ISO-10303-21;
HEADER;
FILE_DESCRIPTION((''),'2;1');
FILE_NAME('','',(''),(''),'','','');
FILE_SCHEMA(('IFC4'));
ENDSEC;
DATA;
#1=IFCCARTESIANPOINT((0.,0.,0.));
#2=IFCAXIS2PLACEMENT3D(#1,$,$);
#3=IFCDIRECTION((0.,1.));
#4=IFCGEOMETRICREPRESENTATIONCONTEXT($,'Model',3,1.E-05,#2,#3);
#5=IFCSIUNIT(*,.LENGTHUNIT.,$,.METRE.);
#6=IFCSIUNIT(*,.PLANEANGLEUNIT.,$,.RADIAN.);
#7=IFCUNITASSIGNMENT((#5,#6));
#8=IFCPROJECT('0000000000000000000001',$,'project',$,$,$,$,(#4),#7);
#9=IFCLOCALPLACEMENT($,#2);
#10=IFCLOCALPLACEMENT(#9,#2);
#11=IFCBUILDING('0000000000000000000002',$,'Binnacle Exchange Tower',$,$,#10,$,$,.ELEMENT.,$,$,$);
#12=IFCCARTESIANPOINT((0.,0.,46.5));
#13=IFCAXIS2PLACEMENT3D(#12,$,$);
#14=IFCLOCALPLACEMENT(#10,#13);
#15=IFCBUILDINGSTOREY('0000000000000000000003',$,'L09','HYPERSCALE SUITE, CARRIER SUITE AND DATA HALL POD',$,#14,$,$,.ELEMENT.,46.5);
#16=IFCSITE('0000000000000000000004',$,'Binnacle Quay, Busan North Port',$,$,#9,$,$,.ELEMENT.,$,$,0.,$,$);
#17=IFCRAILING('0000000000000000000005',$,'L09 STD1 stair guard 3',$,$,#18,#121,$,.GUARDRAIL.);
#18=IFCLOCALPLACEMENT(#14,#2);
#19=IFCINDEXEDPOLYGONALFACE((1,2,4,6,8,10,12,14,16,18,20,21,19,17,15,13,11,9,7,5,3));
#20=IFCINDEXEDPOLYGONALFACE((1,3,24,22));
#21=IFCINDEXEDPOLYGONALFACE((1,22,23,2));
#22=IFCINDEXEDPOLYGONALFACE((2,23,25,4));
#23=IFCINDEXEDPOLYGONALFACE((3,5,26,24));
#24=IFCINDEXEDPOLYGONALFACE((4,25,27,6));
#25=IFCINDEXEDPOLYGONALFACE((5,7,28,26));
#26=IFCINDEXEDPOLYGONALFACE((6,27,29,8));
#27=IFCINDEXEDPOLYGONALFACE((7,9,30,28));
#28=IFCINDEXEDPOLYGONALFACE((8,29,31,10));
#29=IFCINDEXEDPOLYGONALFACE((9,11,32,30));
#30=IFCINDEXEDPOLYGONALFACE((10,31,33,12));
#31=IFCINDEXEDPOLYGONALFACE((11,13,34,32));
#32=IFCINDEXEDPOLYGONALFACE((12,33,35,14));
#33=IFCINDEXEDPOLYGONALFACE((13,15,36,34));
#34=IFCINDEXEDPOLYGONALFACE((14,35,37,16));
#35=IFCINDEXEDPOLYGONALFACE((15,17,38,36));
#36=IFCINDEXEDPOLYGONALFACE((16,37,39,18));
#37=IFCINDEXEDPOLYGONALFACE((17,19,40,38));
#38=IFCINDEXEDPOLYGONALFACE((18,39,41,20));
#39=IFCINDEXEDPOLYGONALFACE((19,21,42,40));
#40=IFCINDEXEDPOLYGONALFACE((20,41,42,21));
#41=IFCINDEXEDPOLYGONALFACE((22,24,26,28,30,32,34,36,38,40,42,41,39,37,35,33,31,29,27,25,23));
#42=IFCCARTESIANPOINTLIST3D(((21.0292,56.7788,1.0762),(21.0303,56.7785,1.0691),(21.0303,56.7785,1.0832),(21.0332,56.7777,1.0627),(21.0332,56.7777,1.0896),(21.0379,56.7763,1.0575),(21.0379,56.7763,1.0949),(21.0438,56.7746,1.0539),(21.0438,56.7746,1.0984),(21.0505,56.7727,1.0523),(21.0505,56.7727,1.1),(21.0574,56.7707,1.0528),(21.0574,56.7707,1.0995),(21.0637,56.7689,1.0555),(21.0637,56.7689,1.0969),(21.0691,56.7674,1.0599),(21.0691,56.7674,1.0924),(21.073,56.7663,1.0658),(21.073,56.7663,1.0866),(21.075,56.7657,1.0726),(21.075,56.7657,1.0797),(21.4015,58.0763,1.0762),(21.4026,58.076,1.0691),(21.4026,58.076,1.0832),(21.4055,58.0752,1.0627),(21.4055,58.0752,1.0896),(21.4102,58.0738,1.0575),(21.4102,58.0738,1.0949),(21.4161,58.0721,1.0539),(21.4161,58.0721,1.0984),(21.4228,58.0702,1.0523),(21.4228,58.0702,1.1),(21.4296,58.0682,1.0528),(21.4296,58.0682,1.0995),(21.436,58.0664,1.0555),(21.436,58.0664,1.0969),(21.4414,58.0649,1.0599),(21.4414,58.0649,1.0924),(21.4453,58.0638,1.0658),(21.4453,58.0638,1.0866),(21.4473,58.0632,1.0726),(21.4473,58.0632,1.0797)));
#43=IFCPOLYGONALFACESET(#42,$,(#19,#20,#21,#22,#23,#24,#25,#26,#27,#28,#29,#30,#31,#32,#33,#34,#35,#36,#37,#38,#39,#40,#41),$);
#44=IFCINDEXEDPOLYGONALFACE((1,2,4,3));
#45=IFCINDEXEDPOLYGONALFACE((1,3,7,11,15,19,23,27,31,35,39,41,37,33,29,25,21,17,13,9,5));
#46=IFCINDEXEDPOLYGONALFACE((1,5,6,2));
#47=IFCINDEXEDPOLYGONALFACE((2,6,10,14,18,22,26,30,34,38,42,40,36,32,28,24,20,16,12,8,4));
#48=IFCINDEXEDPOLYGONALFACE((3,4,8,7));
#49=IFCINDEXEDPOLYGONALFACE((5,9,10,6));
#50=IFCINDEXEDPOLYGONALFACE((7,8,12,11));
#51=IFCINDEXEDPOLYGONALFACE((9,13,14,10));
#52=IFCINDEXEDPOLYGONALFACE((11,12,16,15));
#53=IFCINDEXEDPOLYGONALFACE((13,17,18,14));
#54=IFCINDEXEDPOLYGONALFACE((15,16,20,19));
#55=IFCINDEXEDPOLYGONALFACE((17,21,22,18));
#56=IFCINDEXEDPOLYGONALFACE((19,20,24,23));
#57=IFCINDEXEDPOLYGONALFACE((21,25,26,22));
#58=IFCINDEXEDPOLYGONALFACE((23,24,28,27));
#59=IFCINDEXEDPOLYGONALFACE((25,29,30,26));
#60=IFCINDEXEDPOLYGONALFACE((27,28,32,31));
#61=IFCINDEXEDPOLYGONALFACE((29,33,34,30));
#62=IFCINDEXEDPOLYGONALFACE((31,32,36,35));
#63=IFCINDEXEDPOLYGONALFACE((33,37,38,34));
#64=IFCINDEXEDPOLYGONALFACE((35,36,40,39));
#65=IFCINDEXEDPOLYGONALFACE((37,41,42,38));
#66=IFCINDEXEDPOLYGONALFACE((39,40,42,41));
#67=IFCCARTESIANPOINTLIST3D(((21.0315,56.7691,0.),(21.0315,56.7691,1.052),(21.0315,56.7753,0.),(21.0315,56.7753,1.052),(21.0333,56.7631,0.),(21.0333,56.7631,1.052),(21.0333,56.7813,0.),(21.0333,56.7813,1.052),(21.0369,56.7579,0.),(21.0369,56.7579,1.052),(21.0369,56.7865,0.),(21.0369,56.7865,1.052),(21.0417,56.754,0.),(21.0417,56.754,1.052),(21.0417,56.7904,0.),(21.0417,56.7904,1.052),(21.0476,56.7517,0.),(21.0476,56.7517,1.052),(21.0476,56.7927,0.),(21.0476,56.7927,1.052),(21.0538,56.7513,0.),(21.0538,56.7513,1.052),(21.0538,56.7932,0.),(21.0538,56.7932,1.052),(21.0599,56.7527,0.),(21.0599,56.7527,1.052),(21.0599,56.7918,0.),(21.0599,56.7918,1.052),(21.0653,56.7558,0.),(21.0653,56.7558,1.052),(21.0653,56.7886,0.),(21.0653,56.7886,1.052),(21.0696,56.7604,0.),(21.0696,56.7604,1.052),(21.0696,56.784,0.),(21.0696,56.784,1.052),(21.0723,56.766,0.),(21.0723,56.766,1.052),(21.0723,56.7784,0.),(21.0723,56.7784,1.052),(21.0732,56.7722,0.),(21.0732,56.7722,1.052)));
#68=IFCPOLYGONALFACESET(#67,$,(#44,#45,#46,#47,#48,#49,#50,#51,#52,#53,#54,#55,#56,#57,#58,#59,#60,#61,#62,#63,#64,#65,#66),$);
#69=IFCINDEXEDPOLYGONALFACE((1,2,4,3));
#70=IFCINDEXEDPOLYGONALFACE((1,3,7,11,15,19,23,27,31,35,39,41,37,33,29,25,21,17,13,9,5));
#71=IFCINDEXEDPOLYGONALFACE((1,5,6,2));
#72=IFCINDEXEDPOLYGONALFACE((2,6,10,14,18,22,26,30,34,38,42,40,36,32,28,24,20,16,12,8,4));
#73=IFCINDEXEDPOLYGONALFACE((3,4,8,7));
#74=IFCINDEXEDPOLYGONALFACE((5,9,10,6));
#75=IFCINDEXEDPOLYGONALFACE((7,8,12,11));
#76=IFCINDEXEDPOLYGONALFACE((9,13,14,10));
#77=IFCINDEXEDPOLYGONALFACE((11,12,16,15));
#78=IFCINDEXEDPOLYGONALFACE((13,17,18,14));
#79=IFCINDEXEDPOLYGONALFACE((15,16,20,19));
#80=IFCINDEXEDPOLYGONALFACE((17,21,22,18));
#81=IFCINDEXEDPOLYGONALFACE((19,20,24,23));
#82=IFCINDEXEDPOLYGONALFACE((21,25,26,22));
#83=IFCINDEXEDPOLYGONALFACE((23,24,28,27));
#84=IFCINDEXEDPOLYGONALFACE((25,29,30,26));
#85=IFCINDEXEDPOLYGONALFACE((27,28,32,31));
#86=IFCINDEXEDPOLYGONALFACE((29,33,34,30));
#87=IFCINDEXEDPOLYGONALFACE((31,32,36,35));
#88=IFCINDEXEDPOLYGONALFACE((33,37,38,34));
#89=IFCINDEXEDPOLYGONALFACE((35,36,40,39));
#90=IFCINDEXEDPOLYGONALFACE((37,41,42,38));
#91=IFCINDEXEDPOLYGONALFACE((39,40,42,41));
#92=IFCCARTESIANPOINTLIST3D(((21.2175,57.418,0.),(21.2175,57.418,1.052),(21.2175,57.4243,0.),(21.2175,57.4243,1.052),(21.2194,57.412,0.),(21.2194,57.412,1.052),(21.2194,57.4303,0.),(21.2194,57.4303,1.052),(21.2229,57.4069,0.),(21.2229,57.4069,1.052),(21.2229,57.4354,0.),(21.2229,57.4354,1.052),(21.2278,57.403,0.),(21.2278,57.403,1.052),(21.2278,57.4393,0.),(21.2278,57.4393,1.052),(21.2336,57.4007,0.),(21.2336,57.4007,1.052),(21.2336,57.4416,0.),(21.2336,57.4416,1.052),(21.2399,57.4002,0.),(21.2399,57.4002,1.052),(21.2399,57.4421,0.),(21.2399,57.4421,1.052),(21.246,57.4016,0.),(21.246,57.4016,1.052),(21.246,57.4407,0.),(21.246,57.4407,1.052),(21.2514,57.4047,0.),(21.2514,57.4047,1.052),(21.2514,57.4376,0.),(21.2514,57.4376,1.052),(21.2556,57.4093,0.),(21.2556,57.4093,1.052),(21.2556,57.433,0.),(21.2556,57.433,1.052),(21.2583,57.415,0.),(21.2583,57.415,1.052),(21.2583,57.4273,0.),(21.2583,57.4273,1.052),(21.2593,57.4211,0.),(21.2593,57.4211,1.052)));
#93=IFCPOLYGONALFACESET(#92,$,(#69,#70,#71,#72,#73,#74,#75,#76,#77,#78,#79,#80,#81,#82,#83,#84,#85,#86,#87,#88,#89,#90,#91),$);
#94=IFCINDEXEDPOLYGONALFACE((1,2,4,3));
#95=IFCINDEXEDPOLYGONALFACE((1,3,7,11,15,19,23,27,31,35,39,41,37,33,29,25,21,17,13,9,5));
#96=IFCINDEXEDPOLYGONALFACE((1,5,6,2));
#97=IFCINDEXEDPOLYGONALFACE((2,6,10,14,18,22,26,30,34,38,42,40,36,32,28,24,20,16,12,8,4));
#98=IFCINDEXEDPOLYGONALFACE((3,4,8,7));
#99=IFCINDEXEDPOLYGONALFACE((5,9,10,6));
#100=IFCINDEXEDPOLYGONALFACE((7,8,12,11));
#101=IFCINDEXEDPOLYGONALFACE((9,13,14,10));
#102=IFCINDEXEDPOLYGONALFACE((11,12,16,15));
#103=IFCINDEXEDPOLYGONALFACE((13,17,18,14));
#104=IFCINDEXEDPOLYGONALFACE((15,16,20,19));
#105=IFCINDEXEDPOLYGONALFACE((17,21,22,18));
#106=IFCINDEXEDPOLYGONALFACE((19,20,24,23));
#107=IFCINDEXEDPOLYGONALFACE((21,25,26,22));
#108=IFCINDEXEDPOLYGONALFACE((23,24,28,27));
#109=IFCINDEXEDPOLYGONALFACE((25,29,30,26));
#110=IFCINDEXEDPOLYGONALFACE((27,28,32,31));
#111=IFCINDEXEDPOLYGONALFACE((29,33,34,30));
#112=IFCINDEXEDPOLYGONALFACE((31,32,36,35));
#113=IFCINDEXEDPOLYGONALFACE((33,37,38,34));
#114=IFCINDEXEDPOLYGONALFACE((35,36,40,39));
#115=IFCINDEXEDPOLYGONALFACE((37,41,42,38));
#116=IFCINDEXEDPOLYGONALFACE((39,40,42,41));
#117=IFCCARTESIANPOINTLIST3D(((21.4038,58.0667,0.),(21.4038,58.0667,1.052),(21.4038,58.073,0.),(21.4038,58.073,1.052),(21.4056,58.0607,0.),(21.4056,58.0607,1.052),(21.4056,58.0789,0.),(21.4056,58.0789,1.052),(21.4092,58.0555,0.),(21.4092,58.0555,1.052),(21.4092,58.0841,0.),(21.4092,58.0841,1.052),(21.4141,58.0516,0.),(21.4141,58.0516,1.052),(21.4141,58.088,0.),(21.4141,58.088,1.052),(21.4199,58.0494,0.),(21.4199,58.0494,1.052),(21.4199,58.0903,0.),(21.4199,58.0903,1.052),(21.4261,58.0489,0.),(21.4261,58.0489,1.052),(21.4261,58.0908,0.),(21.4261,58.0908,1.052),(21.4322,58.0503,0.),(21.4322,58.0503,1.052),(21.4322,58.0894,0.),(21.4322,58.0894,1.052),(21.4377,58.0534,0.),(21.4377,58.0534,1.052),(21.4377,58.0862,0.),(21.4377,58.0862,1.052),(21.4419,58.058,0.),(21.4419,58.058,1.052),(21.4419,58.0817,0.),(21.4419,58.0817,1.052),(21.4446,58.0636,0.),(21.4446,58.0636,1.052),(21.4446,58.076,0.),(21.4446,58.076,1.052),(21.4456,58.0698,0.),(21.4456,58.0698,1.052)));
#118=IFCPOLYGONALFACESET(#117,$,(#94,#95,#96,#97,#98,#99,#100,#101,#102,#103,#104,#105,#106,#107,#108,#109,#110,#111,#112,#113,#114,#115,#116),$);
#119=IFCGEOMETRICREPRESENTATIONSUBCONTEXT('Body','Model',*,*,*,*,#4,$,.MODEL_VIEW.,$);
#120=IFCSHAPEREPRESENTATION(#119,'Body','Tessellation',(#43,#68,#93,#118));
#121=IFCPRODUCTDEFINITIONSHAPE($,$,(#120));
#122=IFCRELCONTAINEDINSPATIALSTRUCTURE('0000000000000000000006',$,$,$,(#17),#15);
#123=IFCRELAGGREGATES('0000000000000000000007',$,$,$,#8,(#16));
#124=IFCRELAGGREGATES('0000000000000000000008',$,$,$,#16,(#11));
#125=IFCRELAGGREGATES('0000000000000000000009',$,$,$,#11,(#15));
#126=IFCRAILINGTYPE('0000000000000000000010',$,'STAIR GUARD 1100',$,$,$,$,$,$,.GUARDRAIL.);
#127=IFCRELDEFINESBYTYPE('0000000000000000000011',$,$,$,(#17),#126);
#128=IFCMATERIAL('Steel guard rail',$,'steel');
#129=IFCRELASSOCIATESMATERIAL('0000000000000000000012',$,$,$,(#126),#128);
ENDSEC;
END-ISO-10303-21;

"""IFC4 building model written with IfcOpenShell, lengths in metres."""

from ifc_helpers import new_model, si_unit, direction, frame, origin, origin_2d, place, context, subcontext, project, spatial, circle, extrude, material, type_object, element, save


model = new_model("IFC4")

# Units and contexts
model_context = context("Model", 3, precision=1e-05, world=origin(), true_north=direction((0.0, 1.0)))
body_context = subcontext(model_context, "Body", "Model", "MODEL_VIEW")
ifc_project = project(units=[si_unit("LENGTHUNIT", "METRE"), si_unit("PLANEANGLEUNIT", "RADIAN")], contexts=[model_context])

# Site, building, storey
site_placement = place(None, origin())
site = spatial("IfcSite", under=ifc_project, at=site_placement, Name="Binnacle Quay, Busan North Port", CompositionType="ELEMENT", RefElevation=0.0)
building_placement = place(site_placement, origin())
building = spatial("IfcBuilding", under=site, at=building_placement, Name="Binnacle Exchange Tower", CompositionType="ELEMENT")
storey_placement = place(building_placement, frame((0.0, 0.0, 46.5)))
storey = spatial("IfcBuildingStorey", under=building, at=storey_placement, Name="L09", Description="HYPERSCALE SUITE, CARRIER SUITE AND DATA HALL POD", CompositionType="ELEMENT", Elevation=46.5)

# Railing
ifc_material_1 = material(Name="Steel guard rail", Category="steel")
railing_type_1 = type_object("IfcRailingType", Name="STAIR GUARD 1100", PredefinedType="GUARDRAIL", material=ifc_material_1)
railing_1_placement = place(storey_placement, frame((21.0522, 56.7722, 0.0)))
element("IfcRailing", 1, at=railing_1_placement, inside=storey, type_object=railing_type_1, Name="L09 STD1 stair guard 3", PredefinedType="GUARDRAIL", context=body_context, shape_type="SweptSolid", body=[
    extrude(circle(Radius=0.0239, at=origin_2d()), frame((0.0, 0.0, 1.0762), z_axis=(0.275796, 0.961216, 0.0), x_axis=(-0.961216, 0.275796, 0.0)), (0.0, 0.0, 1.0), 1.3499),
    extrude(circle(Radius=0.021, at=origin_2d()), origin(), (0.0, 0.0, 1.0), 1.052),
    extrude(circle(Radius=0.021, at=origin_2d()), frame((0.186, 0.6489, 0.0)), (0.0, 0.0, 1.0), 1.052),
    extrude(circle(Radius=0.021, at=origin_2d()), frame((0.3723, 1.2976, 0.0)), (0.0, 0.0, 1.0), 1.052),
])

save(model, "model.ifc")
